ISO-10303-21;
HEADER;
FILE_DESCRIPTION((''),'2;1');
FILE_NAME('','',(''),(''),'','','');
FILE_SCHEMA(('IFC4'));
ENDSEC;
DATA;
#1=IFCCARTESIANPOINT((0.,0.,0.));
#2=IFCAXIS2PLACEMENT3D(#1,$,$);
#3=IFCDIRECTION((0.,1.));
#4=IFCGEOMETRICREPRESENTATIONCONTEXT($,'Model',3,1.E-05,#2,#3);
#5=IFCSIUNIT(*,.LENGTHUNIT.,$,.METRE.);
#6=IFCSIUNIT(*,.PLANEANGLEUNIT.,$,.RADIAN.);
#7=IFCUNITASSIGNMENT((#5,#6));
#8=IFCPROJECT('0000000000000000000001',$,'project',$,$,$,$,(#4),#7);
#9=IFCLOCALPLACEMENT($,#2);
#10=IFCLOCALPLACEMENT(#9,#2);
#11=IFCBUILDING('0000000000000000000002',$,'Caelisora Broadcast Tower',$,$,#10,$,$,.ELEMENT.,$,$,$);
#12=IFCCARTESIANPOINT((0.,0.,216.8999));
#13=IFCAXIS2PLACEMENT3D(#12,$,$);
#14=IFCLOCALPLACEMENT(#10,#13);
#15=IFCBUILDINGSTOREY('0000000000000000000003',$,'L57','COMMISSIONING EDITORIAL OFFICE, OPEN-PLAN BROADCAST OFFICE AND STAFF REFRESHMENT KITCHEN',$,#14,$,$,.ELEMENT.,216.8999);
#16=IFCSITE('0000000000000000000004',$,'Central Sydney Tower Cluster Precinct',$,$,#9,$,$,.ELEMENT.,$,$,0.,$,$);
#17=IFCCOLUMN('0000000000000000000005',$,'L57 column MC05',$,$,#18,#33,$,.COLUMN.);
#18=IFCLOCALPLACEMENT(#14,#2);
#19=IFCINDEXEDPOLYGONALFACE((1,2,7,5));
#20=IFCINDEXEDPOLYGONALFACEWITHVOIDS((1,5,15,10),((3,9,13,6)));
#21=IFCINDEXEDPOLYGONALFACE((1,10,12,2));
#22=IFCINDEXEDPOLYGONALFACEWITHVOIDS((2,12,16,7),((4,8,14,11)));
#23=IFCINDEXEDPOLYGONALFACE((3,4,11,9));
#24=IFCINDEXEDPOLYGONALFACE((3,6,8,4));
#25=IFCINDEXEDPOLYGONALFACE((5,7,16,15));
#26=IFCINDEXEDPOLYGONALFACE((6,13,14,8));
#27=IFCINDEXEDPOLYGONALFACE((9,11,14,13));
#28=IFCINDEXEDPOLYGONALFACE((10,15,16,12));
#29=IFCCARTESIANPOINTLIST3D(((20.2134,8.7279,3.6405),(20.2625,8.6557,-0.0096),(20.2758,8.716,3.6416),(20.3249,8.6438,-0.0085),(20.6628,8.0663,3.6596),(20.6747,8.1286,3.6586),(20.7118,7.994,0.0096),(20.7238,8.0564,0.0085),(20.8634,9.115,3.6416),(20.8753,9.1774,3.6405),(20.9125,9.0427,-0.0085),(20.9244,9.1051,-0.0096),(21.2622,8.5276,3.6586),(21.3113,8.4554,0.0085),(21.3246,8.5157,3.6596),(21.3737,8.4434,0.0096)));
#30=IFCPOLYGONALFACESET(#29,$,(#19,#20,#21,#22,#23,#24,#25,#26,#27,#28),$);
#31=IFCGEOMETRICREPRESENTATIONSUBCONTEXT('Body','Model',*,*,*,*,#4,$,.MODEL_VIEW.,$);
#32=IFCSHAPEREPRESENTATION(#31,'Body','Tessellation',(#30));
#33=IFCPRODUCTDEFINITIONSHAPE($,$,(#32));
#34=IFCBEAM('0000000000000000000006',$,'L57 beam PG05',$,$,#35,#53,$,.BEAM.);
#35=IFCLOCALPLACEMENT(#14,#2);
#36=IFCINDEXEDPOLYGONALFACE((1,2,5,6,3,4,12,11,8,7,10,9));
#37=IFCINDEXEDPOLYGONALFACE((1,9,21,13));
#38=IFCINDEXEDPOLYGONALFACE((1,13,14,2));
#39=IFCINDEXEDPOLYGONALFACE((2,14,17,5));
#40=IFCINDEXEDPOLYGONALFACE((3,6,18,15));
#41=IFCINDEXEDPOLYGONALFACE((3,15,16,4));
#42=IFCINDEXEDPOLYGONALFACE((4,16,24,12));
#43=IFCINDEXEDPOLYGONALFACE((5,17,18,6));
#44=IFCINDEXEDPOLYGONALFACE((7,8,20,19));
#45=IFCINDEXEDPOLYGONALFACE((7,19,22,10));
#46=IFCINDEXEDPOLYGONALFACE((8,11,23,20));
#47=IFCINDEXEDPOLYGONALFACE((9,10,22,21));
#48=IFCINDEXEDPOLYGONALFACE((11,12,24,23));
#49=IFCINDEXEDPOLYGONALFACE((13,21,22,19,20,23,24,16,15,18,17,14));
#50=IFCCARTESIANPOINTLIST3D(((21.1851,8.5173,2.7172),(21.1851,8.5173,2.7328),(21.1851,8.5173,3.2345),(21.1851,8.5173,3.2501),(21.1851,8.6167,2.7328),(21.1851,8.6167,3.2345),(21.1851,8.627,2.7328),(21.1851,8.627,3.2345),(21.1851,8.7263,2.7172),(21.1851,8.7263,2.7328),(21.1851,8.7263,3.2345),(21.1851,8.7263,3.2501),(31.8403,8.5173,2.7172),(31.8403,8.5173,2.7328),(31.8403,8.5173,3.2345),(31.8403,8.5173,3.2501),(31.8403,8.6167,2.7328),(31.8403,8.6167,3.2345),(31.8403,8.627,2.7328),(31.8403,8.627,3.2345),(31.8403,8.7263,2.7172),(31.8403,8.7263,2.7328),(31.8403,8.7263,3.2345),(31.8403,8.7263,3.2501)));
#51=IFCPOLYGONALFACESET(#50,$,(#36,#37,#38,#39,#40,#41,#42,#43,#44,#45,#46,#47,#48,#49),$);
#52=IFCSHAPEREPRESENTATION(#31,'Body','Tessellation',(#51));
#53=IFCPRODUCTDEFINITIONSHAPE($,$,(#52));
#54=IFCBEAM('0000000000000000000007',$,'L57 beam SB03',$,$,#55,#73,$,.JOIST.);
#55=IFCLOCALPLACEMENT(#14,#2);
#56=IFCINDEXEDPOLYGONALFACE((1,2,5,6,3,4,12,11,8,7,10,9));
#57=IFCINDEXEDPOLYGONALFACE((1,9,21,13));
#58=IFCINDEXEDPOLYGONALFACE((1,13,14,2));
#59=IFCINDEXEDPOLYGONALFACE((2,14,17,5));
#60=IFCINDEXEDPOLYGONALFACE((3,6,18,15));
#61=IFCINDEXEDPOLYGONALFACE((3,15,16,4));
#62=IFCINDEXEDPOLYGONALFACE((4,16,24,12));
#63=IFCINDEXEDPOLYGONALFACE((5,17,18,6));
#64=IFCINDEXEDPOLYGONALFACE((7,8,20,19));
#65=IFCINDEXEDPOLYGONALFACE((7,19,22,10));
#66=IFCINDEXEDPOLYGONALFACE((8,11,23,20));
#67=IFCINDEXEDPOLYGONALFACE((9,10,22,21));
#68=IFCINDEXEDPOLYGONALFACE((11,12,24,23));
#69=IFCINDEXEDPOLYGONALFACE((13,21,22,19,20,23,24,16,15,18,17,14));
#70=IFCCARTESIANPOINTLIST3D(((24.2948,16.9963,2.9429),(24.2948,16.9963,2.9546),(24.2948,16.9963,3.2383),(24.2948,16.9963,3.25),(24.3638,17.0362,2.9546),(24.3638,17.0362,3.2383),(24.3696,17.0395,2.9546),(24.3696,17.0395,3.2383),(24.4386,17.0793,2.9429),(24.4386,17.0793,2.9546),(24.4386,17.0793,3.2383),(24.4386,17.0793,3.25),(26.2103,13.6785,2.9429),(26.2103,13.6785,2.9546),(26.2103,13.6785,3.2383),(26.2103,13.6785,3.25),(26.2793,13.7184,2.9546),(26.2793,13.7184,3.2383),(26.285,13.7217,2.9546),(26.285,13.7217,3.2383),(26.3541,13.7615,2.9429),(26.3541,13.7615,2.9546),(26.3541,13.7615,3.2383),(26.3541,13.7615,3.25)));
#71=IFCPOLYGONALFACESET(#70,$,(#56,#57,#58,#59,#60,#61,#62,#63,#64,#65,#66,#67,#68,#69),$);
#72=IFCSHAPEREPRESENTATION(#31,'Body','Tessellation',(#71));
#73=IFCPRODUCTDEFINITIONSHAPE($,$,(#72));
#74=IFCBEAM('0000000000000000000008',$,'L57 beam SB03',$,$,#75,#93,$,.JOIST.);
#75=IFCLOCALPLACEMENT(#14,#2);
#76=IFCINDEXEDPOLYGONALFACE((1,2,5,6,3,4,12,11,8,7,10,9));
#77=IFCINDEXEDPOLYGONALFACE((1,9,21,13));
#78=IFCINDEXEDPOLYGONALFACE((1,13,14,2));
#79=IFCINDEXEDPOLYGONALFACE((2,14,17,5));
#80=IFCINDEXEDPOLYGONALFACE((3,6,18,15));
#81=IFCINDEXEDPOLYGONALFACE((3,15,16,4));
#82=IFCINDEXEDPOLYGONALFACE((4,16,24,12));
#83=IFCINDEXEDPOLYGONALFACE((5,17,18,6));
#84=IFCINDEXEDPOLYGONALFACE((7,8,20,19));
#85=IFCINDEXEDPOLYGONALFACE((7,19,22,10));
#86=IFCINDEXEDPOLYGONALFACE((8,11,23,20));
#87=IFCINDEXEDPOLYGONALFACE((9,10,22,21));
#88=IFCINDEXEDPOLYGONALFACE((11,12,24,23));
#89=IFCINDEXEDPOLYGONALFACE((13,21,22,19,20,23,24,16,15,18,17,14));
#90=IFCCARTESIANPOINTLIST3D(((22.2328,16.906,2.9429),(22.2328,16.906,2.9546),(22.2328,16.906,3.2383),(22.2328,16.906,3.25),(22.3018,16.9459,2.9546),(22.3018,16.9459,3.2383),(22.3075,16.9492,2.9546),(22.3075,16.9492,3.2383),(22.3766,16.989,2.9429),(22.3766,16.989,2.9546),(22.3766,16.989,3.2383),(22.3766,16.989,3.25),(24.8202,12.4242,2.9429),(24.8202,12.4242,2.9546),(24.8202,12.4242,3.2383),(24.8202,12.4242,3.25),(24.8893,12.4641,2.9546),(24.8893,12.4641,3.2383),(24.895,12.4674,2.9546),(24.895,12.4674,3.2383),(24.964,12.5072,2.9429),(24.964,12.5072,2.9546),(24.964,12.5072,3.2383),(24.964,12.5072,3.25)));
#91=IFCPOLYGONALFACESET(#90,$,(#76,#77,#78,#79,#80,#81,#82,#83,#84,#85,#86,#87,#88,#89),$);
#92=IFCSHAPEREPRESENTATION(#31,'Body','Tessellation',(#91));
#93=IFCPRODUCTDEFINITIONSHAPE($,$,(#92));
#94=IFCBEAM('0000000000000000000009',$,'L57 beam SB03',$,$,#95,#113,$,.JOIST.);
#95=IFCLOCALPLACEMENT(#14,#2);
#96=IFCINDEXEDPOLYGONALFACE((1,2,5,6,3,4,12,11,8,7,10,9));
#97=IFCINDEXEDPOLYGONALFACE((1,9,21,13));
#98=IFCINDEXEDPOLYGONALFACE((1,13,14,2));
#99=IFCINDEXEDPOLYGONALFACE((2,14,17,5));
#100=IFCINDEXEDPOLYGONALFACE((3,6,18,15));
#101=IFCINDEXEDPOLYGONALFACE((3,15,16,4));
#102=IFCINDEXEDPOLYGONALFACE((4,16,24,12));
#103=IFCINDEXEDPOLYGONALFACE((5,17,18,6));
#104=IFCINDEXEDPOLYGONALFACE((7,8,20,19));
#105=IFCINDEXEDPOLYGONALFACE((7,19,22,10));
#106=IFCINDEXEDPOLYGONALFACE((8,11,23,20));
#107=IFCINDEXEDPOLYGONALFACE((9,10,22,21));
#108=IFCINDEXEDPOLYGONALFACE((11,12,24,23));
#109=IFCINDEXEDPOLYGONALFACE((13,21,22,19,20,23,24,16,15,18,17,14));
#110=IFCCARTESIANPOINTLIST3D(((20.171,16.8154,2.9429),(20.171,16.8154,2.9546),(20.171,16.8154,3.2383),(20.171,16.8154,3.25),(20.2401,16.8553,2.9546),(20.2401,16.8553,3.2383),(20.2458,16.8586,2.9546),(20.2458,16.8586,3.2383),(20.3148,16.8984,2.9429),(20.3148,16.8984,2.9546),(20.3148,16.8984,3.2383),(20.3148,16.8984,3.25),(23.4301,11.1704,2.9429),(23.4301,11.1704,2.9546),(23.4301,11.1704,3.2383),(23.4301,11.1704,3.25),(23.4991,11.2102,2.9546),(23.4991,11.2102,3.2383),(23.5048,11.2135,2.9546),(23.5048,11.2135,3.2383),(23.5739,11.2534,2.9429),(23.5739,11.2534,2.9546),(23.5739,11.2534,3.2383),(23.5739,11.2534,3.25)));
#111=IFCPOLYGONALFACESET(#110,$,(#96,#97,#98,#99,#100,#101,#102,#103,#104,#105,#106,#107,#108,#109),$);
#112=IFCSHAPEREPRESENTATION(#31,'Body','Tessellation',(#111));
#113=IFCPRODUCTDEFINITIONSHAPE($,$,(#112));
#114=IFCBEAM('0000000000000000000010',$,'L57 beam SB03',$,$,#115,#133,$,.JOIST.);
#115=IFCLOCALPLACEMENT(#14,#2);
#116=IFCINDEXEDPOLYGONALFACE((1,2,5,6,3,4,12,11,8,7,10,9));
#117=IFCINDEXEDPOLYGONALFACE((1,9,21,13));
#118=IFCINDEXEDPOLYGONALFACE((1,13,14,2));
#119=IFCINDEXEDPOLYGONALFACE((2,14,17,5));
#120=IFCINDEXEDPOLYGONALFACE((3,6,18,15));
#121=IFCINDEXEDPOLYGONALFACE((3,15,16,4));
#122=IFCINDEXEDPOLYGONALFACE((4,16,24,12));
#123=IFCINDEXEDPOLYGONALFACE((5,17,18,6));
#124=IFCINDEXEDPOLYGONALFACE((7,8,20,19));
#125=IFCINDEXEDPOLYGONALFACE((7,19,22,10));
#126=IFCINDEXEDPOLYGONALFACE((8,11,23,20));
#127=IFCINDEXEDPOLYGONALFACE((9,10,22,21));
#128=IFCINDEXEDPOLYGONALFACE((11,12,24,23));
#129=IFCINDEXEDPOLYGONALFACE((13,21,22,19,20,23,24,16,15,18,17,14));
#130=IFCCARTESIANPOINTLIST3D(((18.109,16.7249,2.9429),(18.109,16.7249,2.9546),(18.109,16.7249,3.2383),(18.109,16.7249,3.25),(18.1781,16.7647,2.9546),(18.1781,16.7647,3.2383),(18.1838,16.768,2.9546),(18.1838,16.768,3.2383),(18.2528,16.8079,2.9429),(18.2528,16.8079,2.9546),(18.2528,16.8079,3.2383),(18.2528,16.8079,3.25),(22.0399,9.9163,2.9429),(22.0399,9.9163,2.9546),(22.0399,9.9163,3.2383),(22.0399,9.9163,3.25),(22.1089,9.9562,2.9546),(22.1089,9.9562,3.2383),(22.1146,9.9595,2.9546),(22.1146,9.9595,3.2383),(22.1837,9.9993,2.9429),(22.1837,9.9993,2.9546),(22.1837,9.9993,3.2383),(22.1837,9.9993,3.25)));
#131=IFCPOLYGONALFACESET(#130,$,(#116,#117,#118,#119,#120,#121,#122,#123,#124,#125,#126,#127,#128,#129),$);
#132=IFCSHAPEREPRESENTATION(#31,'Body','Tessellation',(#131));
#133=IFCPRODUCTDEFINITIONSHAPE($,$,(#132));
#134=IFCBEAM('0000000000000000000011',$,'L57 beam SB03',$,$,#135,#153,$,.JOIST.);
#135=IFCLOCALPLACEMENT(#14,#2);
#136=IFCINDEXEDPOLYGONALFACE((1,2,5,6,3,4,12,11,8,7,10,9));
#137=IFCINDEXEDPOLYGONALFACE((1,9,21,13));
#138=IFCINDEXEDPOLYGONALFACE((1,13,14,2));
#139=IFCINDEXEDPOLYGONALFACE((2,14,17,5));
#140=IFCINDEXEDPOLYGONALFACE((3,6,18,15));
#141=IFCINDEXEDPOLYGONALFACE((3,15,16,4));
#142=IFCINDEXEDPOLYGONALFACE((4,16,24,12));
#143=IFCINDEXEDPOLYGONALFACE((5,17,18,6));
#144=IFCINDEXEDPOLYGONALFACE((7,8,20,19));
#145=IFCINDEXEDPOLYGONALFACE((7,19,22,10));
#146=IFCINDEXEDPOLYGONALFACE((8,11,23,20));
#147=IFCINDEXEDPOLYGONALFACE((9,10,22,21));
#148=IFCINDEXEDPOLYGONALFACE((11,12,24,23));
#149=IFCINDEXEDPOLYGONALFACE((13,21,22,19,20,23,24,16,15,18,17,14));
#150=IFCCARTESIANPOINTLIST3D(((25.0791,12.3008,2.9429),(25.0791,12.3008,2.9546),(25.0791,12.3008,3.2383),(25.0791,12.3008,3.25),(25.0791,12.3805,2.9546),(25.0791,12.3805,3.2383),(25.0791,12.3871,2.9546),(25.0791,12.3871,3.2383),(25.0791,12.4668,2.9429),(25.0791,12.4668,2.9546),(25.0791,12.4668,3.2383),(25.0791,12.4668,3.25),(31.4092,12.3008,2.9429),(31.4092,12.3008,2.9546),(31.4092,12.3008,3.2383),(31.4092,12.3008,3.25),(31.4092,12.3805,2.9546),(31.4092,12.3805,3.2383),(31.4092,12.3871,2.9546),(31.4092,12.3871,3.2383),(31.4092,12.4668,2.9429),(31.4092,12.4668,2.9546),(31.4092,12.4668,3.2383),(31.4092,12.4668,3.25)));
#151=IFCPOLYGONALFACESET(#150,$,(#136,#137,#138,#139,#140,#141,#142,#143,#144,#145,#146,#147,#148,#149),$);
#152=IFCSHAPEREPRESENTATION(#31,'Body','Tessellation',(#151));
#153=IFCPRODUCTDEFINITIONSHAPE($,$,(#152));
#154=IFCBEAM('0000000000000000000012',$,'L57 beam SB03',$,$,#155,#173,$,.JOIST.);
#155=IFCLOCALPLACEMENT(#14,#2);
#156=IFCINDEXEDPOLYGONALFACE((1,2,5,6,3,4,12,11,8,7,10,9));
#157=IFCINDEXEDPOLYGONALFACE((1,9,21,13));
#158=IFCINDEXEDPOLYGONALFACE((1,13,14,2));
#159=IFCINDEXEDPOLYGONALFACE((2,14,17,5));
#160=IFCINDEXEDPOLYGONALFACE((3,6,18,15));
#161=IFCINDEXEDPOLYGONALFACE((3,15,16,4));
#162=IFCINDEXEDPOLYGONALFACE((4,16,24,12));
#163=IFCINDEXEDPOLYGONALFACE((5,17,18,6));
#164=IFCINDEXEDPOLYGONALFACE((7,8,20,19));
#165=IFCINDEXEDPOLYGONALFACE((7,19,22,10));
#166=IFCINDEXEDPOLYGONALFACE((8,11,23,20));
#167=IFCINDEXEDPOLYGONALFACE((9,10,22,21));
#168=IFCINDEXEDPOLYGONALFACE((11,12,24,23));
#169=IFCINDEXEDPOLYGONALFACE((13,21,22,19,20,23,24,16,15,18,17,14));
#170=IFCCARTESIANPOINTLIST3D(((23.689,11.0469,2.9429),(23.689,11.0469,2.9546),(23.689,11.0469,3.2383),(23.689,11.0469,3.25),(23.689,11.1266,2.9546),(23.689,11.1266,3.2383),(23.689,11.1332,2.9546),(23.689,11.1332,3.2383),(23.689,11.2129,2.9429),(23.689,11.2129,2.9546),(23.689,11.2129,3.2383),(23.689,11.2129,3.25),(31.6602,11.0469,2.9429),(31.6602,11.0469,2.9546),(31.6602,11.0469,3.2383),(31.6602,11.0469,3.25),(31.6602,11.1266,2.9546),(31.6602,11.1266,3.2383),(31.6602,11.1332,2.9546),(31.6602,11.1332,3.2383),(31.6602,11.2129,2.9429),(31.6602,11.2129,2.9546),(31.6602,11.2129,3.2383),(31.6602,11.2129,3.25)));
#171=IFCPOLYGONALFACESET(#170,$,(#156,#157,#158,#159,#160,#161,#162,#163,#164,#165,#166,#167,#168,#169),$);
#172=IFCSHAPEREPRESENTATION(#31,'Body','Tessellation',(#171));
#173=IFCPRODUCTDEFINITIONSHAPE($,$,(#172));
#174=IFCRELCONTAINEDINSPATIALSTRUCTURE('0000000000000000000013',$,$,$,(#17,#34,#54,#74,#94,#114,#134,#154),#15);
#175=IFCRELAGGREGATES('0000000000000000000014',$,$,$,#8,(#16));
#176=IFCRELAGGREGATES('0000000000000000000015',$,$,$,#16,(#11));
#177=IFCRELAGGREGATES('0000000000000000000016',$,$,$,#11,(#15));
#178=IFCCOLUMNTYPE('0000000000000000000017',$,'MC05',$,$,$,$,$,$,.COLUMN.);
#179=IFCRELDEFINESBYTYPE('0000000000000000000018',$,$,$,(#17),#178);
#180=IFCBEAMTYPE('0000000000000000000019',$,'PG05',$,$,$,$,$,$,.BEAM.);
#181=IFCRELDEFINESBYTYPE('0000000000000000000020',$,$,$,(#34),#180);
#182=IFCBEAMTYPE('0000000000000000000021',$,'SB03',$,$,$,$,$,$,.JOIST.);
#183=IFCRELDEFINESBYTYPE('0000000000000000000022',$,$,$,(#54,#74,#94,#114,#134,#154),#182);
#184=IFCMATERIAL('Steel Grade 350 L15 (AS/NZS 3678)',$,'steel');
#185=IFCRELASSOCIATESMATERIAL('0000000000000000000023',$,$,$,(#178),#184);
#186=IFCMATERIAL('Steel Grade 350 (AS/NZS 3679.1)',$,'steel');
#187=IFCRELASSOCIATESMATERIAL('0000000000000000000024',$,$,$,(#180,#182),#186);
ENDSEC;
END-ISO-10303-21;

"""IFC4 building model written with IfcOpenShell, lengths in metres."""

from ifc_helpers import new_model, si_unit, direction, frame, origin, origin_2d, place, context, subcontext, project, spatial, hollow_rectangle, i_section, extrude, source, transform, mapped, material, material_profile, profile_set, type_object, type_shapes, element, save


model = new_model("IFC4")

# Units and contexts
model_context = context("Model", 3, precision=1e-05, world=origin(), true_north=direction((0.0, 1.0)))
body_context = subcontext(model_context, "Body", "Model", "MODEL_VIEW")
ifc_project = project(units=[si_unit("LENGTHUNIT", "METRE"), si_unit("PLANEANGLEUNIT", "RADIAN")], contexts=[model_context])

# Site, building, storey
site_placement = place(None, origin())
site = spatial("IfcSite", under=ifc_project, at=site_placement, Name="Central Sydney Tower Cluster Precinct", CompositionType="ELEMENT", RefElevation=0.0)
building_placement = place(site_placement, origin())
building = spatial("IfcBuilding", under=site, at=building_placement, Name="Caelisora Broadcast Tower", CompositionType="ELEMENT")
storey_placement = place(building_placement, frame((0.0, 0.0, 216.8999)))
storey = spatial("IfcBuildingStorey", under=building, at=storey_placement, Name="L57", Description="COMMISSIONING EDITORIAL OFFICE, OPEN-PLAN BROADCAST OFFICE AND STAFF REFRESHMENT KITCHEN", CompositionType="ELEMENT", Elevation=216.8999)

# Column
ifc_material_1 = material(Name="Steel Grade 350 L15 (AS/NZS 3678)", Category="steel")
ifc_material_profile_1 = material_profile(ifc_material_1, hollow_rectangle(XDim=0.8, YDim=0.8, WallThickness=0.0449, at=origin_2d()), Name="Steel Grade 350 L15 (AS/NZS 3678)")
ifc_profile_set_1 = profile_set([ifc_material_profile_1], Name="Steel Grade 350 L15 (AS/NZS 3678)")
column_type = type_object("IfcColumnType", Name="MC05", PredefinedType="COLUMN", material=ifc_profile_set_1)
shared_shape_1 = source(origin(), body_context, "Body", "SweptSolid", [
    extrude(hollow_rectangle(XDim=0.8, YDim=0.8, WallThickness=0.0449, at=origin_2d()), origin(), (0.0, 0.0, 1.0), 3.6511),
])
type_shapes(column_type, [shared_shape_1])
column_placement = place(storey_placement, frame((20.8181, 8.5496, 0.0), z_axis=(-0.01344, 0.019792, 0.999714), x_axis=(-0.82729, -0.561775, 0.0)))
element("IfcColumn", 1, at=column_placement, inside=storey, type_object=column_type, Name="L57 column MC05", PredefinedType="COLUMN", context=body_context, shape_type="MappedRepresentation", body=[
    mapped(shared_shape_1, transform((0.0, 0.0, 0.0), scale=1.0)),
])

# Beams
ifc_material_2 = material(Name="Steel Grade 350 (AS/NZS 3679.1)", Category="steel")
ifc_material_profile_2 = material_profile(ifc_material_2, i_section(OverallWidth=0.209, OverallDepth=0.533, WebThickness=0.0103, FlangeThickness=0.0156, at=origin_2d()), Name="Steel Grade 350 (AS/NZS 3679.1)")
ifc_profile_set_2 = profile_set([ifc_material_profile_2], Name="Steel Grade 350 (AS/NZS 3679.1)")
beam_type_1 = type_object("IfcBeamType", Name="PG05", PredefinedType="BEAM", material=ifc_profile_set_2)
shared_shape_2 = source(origin(), body_context, "Body", "SweptSolid", [
    extrude(i_section(OverallWidth=0.209, OverallDepth=0.533, WebThickness=0.0103, FlangeThickness=0.0156, at=origin_2d()), origin(), (0.0, 0.0, 1.0), 10.6553),
])
type_shapes(beam_type_1, [shared_shape_2])
beam_1_placement = place(storey_placement, frame((21.1851, 8.6218, 2.9836), z_axis=(1.0, 0.0, 0.0), x_axis=(0.0, 1.0, 0.0)))
element("IfcBeam", 2, at=beam_1_placement, inside=storey, type_object=beam_type_1, Name="L57 beam PG05", PredefinedType="BEAM", context=body_context, shape_type="MappedRepresentation", body=[
    mapped(shared_shape_2, transform((0.0, 0.0, 0.0), scale=1.0)),
])
ifc_material_profile_3 = material_profile(ifc_material_2, i_section(OverallWidth=0.166, OverallDepth=0.3071, WebThickness=0.0066, FlangeThickness=0.0117, at=origin_2d()), Name="Steel Grade 350 (AS/NZS 3679.1)")
ifc_profile_set_3 = profile_set([ifc_material_profile_3], Name="Steel Grade 350 (AS/NZS 3679.1)")
beam_type_2 = type_object("IfcBeamType", Name="SB03", PredefinedType="JOIST", material=ifc_profile_set_3)
shared_shape_3 = source(origin(), body_context, "Body", "SweptSolid", [
    extrude(i_section(OverallWidth=0.166, OverallDepth=0.3071, WebThickness=0.0066, FlangeThickness=0.0117, at=origin_2d()), origin(), (0.0, 0.0, 1.0), 3.8311),
])
beam_2_placement = place(storey_placement, frame((24.3667, 17.0378, 3.0964), z_axis=(0.499991, -0.866031, 0.0), x_axis=(0.866031, 0.499991, 0.0)))
element("IfcBeam", 3, at=beam_2_placement, inside=storey, type_object=beam_type_2, Name="L57 beam SB03", PredefinedType="JOIST", context=body_context, shape_type="MappedRepresentation", body=[
    mapped(shared_shape_3, transform((0.0, 0.0, 0.0), scale=1.0)),
])
shared_shape_4 = source(origin(), body_context, "Body", "SweptSolid", [
    extrude(i_section(OverallWidth=0.166, OverallDepth=0.3071, WebThickness=0.0066, FlangeThickness=0.0117, at=origin_2d()), origin(), (0.0, 0.0, 1.0), 5.175),
])
beam_3_placement = place(storey_placement, frame((22.3047, 16.9475, 3.0964), z_axis=(0.499985, -0.866034, 0.0), x_axis=(0.866034, 0.499985, 0.0)))
element("IfcBeam", 4, at=beam_3_placement, inside=storey, type_object=beam_type_2, Name="L57 beam SB03", PredefinedType="JOIST", context=body_context, shape_type="MappedRepresentation", body=[
    mapped(shared_shape_4, transform((0.0, 0.0, 0.0), scale=1.0)),
])
shared_shape_5 = source(origin(), body_context, "Body", "SweptSolid", [
    extrude(i_section(OverallWidth=0.166, OverallDepth=0.3071, WebThickness=0.0066, FlangeThickness=0.0117, at=origin_2d()), origin(), (0.0, 0.0, 1.0), 6.5183),
])
beam_4_placement = place(storey_placement, frame((20.2429, 16.8569, 3.0964), z_axis=(0.499986, -0.866033, 0.0), x_axis=(0.866033, 0.499986, 0.0)))
element("IfcBeam", 5, at=beam_4_placement, inside=storey, type_object=beam_type_2, Name="L57 beam SB03", PredefinedType="JOIST", context=body_context, shape_type="MappedRepresentation", body=[
    mapped(shared_shape_5, transform((0.0, 0.0, 0.0), scale=1.0)),
])
shared_shape_6 = source(origin(), body_context, "Body", "SweptSolid", [
    extrude(i_section(OverallWidth=0.166, OverallDepth=0.3071, WebThickness=0.0066, FlangeThickness=0.0117, at=origin_2d()), origin(), (0.0, 0.0, 1.0), 7.8618),
])
beam_5_placement = place(storey_placement, frame((18.1809, 16.7664, 3.0964), z_axis=(0.499997, -0.866027, 0.0), x_axis=(0.866027, 0.499997, 0.0)))
element("IfcBeam", 6, at=beam_5_placement, inside=storey, type_object=beam_type_2, Name="L57 beam SB03", PredefinedType="JOIST", context=body_context, shape_type="MappedRepresentation", body=[
    mapped(shared_shape_6, transform((0.0, 0.0, 0.0), scale=1.0)),
])
shared_shape_7 = source(origin(), body_context, "Body", "SweptSolid", [
    extrude(i_section(OverallWidth=0.166, OverallDepth=0.3071, WebThickness=0.0066, FlangeThickness=0.0117, at=origin_2d()), origin(), (0.0, 0.0, 1.0), 6.3301),
])
beam_6_placement = place(storey_placement, frame((25.0791, 12.3838, 3.0964), z_axis=(1.0, 0.0, 0.0), x_axis=(0.0, 1.0, 0.0)))
element("IfcBeam", 7, at=beam_6_placement, inside=storey, type_object=beam_type_2, Name="L57 beam SB03", PredefinedType="JOIST", context=body_context, shape_type="MappedRepresentation", body=[
    mapped(shared_shape_7, transform((0.0, 0.0, 0.0), scale=1.0)),
])
shared_shape_8 = source(origin(), body_context, "Body", "SweptSolid", [
    extrude(i_section(OverallWidth=0.166, OverallDepth=0.3071, WebThickness=0.0066, FlangeThickness=0.0117, at=origin_2d()), origin(), (0.0, 0.0, 1.0), 7.9712),
])
beam_7_placement = place(storey_placement, frame((23.689, 11.1299, 3.0964), z_axis=(1.0, 0.0, 0.0), x_axis=(0.0, 1.0, 0.0)))
element("IfcBeam", 8, at=beam_7_placement, inside=storey, type_object=beam_type_2, Name="L57 beam SB03", PredefinedType="JOIST", context=body_context, shape_type="MappedRepresentation", body=[
    mapped(shared_shape_8, transform((0.0, 0.0, 0.0), scale=1.0)),
])

save(model, "model.ifc")
